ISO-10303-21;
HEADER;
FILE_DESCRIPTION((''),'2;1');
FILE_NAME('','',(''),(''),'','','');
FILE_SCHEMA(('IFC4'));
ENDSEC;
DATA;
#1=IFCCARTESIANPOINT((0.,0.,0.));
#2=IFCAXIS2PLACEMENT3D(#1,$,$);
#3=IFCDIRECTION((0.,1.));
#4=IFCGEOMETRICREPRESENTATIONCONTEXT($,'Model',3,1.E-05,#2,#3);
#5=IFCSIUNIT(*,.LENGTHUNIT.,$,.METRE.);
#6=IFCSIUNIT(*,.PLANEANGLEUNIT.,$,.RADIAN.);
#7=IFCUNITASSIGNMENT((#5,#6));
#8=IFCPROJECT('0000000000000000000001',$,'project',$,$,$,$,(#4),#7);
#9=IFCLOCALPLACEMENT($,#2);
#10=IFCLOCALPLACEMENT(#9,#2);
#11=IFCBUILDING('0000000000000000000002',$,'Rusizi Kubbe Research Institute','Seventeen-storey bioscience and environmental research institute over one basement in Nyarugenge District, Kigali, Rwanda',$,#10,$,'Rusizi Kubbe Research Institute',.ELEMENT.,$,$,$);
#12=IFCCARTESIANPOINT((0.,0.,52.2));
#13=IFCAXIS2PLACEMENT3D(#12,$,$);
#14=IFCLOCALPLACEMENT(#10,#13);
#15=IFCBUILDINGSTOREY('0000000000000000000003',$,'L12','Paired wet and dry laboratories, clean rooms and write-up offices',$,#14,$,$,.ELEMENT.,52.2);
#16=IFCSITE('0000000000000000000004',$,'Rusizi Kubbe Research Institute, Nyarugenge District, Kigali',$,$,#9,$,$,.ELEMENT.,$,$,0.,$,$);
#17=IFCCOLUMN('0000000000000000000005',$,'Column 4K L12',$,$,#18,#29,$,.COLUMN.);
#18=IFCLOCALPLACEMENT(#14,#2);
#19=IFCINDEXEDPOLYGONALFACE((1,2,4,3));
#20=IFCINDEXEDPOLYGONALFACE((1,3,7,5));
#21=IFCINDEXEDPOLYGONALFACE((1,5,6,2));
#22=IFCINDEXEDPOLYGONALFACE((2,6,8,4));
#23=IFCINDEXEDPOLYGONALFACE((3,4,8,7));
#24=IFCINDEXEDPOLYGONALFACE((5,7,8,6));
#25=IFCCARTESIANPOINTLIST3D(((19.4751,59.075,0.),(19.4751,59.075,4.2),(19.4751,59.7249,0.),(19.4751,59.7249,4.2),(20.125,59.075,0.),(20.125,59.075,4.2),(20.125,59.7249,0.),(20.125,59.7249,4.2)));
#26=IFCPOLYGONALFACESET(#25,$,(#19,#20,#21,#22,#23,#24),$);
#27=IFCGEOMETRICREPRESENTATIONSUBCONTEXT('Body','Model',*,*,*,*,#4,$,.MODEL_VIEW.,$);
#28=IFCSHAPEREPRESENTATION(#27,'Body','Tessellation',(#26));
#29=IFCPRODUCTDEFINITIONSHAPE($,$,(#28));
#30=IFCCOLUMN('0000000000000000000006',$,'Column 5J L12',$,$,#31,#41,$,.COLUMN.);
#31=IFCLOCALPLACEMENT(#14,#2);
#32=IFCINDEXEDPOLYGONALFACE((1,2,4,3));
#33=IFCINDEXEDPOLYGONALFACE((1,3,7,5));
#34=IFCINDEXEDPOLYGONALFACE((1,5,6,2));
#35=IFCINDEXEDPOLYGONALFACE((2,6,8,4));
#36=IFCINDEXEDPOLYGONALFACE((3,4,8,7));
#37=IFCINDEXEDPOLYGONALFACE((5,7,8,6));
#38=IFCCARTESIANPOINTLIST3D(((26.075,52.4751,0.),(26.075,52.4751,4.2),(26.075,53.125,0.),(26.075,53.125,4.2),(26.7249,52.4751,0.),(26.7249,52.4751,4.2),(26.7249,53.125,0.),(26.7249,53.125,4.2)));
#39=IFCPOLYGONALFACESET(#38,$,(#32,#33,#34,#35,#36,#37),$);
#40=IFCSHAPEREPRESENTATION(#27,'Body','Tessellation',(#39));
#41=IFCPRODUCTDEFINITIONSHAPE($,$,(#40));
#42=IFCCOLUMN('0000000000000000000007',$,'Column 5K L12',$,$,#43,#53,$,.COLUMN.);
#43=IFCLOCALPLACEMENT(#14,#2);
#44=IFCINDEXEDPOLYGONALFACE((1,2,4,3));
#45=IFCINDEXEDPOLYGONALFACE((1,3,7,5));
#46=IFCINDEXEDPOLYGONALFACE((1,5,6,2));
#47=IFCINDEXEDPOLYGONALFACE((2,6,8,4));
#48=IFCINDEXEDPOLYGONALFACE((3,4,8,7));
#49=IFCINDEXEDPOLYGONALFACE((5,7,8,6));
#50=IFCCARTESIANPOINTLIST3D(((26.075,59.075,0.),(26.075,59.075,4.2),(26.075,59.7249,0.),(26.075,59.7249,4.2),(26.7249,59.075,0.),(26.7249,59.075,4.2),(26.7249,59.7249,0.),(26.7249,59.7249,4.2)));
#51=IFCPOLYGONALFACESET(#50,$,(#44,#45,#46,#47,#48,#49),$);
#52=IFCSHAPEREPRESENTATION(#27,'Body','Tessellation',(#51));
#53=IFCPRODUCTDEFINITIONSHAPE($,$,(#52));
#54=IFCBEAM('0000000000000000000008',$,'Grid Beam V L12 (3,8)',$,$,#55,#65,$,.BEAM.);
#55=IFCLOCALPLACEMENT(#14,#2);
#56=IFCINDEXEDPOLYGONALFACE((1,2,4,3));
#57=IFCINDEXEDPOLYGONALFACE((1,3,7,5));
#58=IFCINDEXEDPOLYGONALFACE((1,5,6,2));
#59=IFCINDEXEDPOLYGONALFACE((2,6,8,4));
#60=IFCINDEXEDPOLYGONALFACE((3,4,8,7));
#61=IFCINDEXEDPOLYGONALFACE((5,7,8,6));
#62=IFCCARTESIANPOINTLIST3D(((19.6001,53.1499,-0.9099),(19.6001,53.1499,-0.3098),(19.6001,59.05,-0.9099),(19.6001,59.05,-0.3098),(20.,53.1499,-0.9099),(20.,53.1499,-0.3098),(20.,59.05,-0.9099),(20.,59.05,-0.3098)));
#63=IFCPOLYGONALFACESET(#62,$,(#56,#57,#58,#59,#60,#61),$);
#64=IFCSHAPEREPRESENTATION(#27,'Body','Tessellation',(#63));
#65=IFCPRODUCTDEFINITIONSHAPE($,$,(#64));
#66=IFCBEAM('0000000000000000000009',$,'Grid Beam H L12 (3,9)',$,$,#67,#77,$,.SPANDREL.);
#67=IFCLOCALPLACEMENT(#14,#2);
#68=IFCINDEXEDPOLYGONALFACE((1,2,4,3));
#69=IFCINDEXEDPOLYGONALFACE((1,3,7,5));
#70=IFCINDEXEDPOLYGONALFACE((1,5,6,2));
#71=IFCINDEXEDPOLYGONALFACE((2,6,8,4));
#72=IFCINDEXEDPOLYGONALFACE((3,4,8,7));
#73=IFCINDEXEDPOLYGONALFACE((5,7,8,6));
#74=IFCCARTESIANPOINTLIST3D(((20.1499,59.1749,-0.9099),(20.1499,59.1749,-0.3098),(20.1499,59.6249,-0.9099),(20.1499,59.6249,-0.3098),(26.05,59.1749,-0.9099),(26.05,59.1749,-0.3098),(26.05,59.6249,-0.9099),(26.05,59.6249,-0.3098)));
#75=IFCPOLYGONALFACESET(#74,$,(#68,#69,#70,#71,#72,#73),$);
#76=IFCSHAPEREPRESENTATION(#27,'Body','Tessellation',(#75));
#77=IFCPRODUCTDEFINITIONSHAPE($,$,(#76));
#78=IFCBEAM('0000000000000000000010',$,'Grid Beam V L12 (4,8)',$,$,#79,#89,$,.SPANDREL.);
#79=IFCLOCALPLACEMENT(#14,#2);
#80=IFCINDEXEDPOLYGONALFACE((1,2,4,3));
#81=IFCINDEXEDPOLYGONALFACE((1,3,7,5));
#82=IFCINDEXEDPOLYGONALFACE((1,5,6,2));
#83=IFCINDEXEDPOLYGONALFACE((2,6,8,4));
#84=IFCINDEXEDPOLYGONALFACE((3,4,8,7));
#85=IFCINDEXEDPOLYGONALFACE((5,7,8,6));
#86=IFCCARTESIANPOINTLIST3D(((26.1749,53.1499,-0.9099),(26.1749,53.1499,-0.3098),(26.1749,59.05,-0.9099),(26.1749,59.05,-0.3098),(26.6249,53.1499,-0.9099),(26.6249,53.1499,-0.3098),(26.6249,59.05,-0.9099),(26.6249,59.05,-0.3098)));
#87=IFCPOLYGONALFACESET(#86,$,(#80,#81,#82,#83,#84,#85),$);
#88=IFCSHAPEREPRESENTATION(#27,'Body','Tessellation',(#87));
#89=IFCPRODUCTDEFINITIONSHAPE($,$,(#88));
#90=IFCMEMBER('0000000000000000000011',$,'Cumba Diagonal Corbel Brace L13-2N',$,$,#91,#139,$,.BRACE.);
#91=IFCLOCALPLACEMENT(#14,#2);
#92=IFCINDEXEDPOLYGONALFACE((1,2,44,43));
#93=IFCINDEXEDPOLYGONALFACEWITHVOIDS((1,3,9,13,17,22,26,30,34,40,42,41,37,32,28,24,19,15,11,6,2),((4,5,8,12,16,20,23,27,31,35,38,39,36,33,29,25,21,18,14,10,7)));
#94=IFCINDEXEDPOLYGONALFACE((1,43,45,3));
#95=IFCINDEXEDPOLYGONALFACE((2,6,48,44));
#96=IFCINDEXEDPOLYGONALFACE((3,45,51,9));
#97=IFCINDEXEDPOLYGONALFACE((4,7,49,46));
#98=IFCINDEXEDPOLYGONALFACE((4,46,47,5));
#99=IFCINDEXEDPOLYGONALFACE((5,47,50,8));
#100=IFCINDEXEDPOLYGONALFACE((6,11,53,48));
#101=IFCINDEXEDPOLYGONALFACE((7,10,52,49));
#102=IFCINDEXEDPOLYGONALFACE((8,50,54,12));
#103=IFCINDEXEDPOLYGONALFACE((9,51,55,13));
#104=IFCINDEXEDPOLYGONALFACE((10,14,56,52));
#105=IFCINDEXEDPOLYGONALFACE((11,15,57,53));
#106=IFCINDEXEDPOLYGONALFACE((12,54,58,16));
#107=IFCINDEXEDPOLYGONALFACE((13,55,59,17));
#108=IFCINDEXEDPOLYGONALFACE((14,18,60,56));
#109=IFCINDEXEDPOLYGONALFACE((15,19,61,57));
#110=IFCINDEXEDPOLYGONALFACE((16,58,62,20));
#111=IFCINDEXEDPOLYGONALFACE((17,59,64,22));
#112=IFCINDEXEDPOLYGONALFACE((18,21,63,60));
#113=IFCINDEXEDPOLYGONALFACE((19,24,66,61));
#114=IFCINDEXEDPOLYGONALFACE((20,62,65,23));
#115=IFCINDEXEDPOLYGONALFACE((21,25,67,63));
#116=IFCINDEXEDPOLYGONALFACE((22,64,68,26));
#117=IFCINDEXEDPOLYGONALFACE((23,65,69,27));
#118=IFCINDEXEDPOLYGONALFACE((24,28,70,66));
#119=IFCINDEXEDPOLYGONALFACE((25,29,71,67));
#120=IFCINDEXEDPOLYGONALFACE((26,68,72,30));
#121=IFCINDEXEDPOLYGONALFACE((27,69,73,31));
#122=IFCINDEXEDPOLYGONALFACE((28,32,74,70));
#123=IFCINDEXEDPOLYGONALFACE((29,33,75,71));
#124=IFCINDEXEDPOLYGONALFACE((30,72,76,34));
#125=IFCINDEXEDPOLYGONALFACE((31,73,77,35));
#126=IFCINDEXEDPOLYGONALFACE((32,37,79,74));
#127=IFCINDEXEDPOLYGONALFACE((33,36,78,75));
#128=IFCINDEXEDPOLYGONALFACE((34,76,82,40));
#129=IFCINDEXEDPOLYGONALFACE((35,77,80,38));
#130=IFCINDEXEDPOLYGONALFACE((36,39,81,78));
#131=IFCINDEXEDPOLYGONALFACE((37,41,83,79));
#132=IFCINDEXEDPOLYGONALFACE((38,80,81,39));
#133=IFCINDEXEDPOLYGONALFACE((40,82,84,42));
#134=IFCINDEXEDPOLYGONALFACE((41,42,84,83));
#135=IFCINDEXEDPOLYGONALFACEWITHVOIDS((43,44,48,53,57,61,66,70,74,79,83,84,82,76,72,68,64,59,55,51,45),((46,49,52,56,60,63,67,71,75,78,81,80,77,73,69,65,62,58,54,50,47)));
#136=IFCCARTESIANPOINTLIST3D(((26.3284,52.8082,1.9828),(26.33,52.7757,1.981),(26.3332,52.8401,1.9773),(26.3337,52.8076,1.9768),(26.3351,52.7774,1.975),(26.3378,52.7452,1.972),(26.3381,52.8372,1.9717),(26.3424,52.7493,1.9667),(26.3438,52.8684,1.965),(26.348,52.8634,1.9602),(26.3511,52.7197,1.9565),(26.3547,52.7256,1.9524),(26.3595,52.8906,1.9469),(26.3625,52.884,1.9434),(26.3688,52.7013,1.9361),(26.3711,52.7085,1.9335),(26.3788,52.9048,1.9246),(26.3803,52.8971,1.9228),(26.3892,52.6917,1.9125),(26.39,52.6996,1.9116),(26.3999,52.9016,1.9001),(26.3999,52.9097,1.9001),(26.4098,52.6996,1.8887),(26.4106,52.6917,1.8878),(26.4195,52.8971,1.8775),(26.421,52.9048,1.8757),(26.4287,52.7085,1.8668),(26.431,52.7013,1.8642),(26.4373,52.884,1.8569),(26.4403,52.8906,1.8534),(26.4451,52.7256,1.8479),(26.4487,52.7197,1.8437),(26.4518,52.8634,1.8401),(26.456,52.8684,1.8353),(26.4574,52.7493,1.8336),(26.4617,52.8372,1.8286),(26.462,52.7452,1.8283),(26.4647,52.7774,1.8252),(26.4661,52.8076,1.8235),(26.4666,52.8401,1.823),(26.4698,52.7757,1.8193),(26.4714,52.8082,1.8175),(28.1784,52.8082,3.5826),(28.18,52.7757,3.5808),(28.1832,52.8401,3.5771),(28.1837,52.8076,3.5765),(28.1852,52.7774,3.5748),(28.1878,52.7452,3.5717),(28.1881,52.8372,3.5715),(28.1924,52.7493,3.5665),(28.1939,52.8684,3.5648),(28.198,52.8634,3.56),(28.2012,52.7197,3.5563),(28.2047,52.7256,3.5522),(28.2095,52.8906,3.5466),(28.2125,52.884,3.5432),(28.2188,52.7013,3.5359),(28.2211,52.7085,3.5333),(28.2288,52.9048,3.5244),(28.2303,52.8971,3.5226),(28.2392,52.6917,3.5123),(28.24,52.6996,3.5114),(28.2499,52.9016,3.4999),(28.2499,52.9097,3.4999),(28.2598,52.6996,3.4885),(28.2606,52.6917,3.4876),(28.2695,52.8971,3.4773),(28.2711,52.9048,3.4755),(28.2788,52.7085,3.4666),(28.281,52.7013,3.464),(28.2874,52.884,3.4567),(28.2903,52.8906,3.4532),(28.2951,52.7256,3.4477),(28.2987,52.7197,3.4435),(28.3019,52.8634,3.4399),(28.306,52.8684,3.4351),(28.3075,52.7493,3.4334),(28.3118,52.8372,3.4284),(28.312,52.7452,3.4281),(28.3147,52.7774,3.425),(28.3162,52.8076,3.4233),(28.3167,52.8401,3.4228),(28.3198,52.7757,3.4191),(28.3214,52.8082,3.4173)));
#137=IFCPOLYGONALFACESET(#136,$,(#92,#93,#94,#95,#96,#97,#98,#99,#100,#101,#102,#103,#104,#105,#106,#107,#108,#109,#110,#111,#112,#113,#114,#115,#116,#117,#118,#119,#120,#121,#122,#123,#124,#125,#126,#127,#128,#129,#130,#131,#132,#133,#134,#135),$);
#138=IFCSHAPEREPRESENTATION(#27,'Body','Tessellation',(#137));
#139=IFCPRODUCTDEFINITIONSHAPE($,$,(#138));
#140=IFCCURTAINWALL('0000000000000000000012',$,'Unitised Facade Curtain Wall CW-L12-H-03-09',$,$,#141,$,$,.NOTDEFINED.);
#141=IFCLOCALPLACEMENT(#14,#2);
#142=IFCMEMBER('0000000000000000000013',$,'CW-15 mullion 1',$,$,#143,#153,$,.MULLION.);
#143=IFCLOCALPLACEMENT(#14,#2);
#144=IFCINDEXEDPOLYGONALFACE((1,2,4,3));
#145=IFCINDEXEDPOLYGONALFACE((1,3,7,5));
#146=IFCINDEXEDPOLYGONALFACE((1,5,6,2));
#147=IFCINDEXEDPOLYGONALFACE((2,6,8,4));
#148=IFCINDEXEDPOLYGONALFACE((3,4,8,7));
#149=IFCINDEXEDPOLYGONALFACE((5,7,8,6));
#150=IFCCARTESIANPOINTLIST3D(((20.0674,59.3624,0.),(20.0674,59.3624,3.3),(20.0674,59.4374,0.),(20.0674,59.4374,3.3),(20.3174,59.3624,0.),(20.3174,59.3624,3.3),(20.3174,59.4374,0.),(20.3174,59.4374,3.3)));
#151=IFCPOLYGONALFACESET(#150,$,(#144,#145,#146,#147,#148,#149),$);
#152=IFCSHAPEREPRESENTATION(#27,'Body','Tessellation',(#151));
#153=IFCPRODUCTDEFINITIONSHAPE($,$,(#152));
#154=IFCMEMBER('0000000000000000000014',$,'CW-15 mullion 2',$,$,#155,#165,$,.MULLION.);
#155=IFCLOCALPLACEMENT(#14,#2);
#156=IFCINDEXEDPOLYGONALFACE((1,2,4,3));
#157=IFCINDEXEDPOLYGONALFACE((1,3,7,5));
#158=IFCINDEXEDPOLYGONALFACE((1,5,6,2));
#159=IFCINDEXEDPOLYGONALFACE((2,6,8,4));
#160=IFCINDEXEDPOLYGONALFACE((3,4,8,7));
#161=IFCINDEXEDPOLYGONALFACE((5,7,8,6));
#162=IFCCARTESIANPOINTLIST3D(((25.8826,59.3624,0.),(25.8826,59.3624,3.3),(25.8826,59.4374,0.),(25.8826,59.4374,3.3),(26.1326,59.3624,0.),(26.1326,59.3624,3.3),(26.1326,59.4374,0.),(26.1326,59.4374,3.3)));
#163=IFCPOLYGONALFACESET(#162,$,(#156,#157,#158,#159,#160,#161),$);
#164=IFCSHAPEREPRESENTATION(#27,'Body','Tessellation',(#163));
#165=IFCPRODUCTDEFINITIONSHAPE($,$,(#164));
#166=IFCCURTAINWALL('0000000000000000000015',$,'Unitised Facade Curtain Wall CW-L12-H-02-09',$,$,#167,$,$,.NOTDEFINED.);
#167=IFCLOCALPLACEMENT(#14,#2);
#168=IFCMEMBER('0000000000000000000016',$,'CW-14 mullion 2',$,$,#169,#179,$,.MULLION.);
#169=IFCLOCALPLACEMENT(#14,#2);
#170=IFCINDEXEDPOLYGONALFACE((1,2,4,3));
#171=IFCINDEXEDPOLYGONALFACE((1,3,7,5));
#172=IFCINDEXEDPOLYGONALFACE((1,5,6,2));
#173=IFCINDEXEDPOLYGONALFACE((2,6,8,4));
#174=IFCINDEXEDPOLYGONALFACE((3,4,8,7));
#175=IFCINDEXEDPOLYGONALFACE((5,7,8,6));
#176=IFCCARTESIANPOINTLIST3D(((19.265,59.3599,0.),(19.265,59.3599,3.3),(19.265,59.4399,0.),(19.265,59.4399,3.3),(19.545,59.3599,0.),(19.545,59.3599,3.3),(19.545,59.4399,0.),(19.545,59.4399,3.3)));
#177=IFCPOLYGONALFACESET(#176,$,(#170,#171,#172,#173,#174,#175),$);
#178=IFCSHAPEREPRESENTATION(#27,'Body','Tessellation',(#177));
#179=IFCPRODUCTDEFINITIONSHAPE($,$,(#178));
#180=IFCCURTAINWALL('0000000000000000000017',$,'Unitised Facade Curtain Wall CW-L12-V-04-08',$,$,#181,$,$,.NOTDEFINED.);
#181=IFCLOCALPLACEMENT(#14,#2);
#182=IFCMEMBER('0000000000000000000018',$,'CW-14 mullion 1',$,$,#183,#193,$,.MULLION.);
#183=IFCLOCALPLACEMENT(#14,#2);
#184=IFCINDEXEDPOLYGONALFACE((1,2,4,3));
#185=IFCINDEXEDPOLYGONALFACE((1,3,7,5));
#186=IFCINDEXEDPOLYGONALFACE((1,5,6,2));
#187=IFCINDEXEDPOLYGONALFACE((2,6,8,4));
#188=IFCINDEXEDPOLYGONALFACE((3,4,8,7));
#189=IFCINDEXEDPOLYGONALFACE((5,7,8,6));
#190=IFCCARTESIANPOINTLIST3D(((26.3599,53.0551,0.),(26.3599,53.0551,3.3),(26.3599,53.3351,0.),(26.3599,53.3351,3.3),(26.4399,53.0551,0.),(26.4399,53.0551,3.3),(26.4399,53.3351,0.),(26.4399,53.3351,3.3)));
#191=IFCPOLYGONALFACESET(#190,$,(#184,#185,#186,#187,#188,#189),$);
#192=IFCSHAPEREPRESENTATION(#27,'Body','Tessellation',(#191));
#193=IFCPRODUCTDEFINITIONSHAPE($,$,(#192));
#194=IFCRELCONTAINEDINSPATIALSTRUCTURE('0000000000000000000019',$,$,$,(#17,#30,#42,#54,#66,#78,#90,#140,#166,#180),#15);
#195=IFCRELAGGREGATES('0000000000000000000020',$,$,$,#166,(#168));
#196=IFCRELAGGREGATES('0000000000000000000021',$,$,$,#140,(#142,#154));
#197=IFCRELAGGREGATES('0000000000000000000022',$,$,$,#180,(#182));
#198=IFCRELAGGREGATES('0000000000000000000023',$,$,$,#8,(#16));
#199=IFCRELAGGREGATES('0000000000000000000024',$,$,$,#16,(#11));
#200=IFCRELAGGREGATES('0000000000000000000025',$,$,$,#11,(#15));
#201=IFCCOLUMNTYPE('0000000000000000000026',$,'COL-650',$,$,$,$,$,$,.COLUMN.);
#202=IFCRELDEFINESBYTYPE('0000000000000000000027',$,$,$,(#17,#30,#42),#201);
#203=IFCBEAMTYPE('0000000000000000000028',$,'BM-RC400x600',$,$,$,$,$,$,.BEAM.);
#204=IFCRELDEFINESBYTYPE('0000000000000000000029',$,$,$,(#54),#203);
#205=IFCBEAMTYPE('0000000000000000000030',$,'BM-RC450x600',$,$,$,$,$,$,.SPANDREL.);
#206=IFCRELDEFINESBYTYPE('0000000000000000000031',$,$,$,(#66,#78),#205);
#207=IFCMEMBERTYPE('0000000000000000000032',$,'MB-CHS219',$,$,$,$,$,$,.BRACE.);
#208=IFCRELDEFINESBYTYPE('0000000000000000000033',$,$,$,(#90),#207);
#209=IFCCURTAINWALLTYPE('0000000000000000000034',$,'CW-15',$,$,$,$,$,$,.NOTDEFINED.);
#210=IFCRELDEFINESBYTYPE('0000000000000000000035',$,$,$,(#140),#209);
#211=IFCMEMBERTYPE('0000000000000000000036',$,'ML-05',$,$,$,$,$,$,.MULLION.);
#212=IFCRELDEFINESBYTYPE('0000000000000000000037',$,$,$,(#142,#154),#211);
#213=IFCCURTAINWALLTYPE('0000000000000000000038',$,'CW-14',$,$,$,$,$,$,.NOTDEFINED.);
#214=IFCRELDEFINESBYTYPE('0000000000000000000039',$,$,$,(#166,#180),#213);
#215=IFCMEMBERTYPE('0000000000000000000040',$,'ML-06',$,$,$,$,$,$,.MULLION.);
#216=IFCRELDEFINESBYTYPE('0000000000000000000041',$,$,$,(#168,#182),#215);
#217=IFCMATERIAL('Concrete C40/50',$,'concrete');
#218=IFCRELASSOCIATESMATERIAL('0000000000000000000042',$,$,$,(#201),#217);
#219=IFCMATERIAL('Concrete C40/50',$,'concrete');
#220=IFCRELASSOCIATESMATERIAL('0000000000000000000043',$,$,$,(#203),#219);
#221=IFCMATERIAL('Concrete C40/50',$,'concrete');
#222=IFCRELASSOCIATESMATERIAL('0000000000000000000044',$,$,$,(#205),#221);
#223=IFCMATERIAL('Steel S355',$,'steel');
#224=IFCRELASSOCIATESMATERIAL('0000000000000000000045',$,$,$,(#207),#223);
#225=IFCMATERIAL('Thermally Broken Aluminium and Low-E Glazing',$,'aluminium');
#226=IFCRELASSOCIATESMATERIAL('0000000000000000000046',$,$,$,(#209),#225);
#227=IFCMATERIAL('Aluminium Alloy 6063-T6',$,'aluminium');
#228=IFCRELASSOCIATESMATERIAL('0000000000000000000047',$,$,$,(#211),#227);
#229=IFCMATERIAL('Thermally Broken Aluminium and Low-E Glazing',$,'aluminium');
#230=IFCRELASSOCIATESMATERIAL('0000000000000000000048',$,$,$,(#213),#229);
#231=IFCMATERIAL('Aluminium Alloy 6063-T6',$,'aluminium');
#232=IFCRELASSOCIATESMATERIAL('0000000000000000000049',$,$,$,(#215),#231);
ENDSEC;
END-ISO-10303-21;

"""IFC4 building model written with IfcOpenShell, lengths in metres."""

from ifc_helpers import new_model, si_unit, direction, frame, origin, origin_2d, place, context, subcontext, project, spatial, rectangle, hollow_circle, extrude, material, material_profile, profile_set, type_object, element, aggregate, save


model = new_model("IFC4")

# Units and contexts
model_context = context("Model", 3, precision=1e-05, world=origin(), true_north=direction((0.0, 1.0)))
body_context = subcontext(model_context, "Body", "Model", "MODEL_VIEW")
ifc_project = project(units=[si_unit("LENGTHUNIT", "METRE"), si_unit("PLANEANGLEUNIT", "RADIAN")], contexts=[model_context])

# Site, building, storey
site_placement = place(None, origin())
site = spatial("IfcSite", under=ifc_project, at=site_placement, Name="Rusizi Kubbe Research Institute, Nyarugenge District, Kigali", CompositionType="ELEMENT", RefElevation=0.0)
building_placement = place(site_placement, origin())
building = spatial("IfcBuilding", under=site, at=building_placement, Name="Rusizi Kubbe Research Institute", Description="Seventeen-storey bioscience and environmental research institute over one basement in Nyarugenge District, Kigali, Rwanda", LongName="Rusizi Kubbe Research Institute", CompositionType="ELEMENT")
storey_placement = place(building_placement, frame((0.0, 0.0, 52.2)))
storey = spatial("IfcBuildingStorey", under=building, at=storey_placement, Name="L12", Description="Paired wet and dry laboratories, clean rooms and write-up offices", CompositionType="ELEMENT", Elevation=52.2)

# Columns
ifc_material_1 = material(Name="Concrete C40/50", Category="concrete")
ifc_material_profile_1 = material_profile(ifc_material_1, rectangle(XDim=0.6499, YDim=0.6499, at=origin_2d()), Name="RC650x650")
ifc_profile_set_1 = profile_set([ifc_material_profile_1], Name="Concrete C40/50")
column_type = type_object("IfcColumnType", Name="COL-650", PredefinedType="COLUMN", material=ifc_profile_set_1)
for number, where, z_axis, x_axis, name in (
    (1, (19.8, 59.3999, 0.0), (0.0, 0.0, 1.0), (1.0, 0.0, 0.0), "Column 4K L12"),
    (2, (26.3999, 52.8, 0.0), (0.0, 0.0, 1.0), (1.0, 0.0, 0.0), "Column 5J L12"),
    (3, (26.3999, 59.3999, 0.0), (0.0, 0.0, 1.0), (1.0, 0.0, 0.0), "Column 5K L12"),
):
    element("IfcColumn", number, at=place(storey_placement, frame(where, z_axis=z_axis, x_axis=x_axis)), inside=storey, type_object=column_type, Name=name, PredefinedType="COLUMN", context=body_context, shape_type="SweptSolid", body=[
        extrude(rectangle(XDim=0.6499, YDim=0.6499, at=origin_2d()), origin(), (0.0, 0.0, 1.0), 4.2),
    ])

# Beams
ifc_material_2 = material(Name="Concrete C40/50", Category="concrete")
ifc_material_profile_2 = material_profile(ifc_material_2, rectangle(XDim=0.3999, YDim=0.6001, at=origin_2d()), Name="RC400x600")
ifc_profile_set_2 = profile_set([ifc_material_profile_2], Name="Concrete C40/50")
beam_type_1 = type_object("IfcBeamType", Name="BM-RC400x600", PredefinedType="BEAM", material=ifc_profile_set_2)
beam_placement = place(storey_placement, frame((19.8, 53.1499, -0.6099), z_axis=(0.0, 1.0, 0.0), x_axis=(-1.0, 0.0, 0.0)))
element("IfcBeam", 4, at=beam_placement, inside=storey, type_object=beam_type_1, Name="Grid Beam V L12 (3,8)", PredefinedType="BEAM", context=body_context, shape_type="SweptSolid", body=[
    extrude(rectangle(XDim=0.3999, YDim=0.6001, at=origin_2d()), origin(), (0.0, 0.0, 1.0), 5.9001),
])
ifc_material_3 = material(Name="Concrete C40/50", Category="concrete")
ifc_material_profile_3 = material_profile(ifc_material_3, rectangle(XDim=0.45, YDim=0.6001, at=origin_2d()), Name="RC450x600")
ifc_profile_set_3 = profile_set([ifc_material_profile_3], Name="Concrete C40/50")
beam_type_2 = type_object("IfcBeamType", Name="BM-RC450x600", PredefinedType="SPANDREL", material=ifc_profile_set_3)
for number, where, z_axis, x_axis, name in (
    (5, (20.1499, 59.3999, -0.6099), (1.0, 0.0, 0.0), (0.0, 1.0, 0.0), "Grid Beam H L12 (3,9)"),
    (6, (26.3999, 53.1499, -0.6099), (0.0, 1.0, 0.0), (-1.0, 0.0, 0.0), "Grid Beam V L12 (4,8)"),
):
    element("IfcBeam", number, at=place(storey_placement, frame(where, z_axis=z_axis, x_axis=x_axis)), inside=storey, type_object=beam_type_2, Name=name, PredefinedType="SPANDREL", context=body_context, shape_type="SweptSolid", body=[
        extrude(rectangle(XDim=0.45, YDim=0.6001, at=origin_2d()), origin(), (0.0, 0.0, 1.0), 5.9001),
    ])

# Member
ifc_material_4 = material(Name="Steel S355", Category="steel")
ifc_material_profile_4 = material_profile(ifc_material_4, hollow_circle(Radius=0.1096, WallThickness=0.0081, at=origin_2d()), Name="CHS 219.1x8.0")
ifc_profile_set_4 = profile_set([ifc_material_profile_4], Name="Steel S355")
member_type_1 = type_object("IfcMemberType", Name="MB-CHS219", PredefinedType="BRACE", material=ifc_profile_set_4)
member_1_placement = place(storey_placement, frame((26.3999, 52.8, 1.9001), z_axis=(0.75641, 0.0, 0.654098), x_axis=(0.0, 1.0, 0.0)))
element("IfcMember", 7, at=member_1_placement, inside=storey, type_object=member_type_1, Name="Cumba Diagonal Corbel Brace L13-2N", PredefinedType="BRACE", context=body_context, shape_type="SweptSolid", body=[
    extrude(hollow_circle(Radius=0.1096, WallThickness=0.0081, at=origin_2d()), origin(), (0.0, 0.0, 1.0), 2.4458),
])

# Curtain wall, members
ifc_material_5 = material(Name="Thermally Broken Aluminium and Low-E Glazing", Category="aluminium")
curtain_wall_type_1 = type_object("IfcCurtainWallType", Name="CW-15", PredefinedType="NOTDEFINED", material=ifc_material_5)
curtain_wall_1_placement = place(storey_placement, origin())
curtain_wall_1 = element("IfcCurtainWall", 8, at=curtain_wall_1_placement, inside=storey, type_object=curtain_wall_type_1, Name="Unitised Facade Curtain Wall CW-L12-H-03-09", PredefinedType="NOTDEFINED")
ifc_material_6 = material(Name="Aluminium Alloy 6063-T6", Category="aluminium")
ifc_material_profile_5 = material_profile(ifc_material_6, rectangle(XDim=0.075, YDim=0.25, at=origin_2d()), Name="ALU-M 75x250")
ifc_profile_set_5 = profile_set([ifc_material_profile_5], Name="Aluminium Alloy 6063-T6")
member_type_2 = type_object("IfcMemberType", Name="ML-05", PredefinedType="MULLION", material=ifc_profile_set_5)
member_2_placement = place(storey_placement, frame((20.1924, 59.3999, 0.0), z_axis=(0.0, 0.0, 1.0), x_axis=(0.0, 1.0, 0.0)))
member_2 = element("IfcMember", 9, at=member_2_placement, type_object=member_type_2, Name="CW-15 mullion 1", PredefinedType="MULLION", context=body_context, shape_type="SweptSolid", body=[
    extrude(rectangle(XDim=0.075, YDim=0.25, at=origin_2d()), origin(), (0.0, 0.0, 1.0), 3.3),
])
member_3_placement = place(storey_placement, frame((26.0076, 59.3999, 0.0), z_axis=(0.0, 0.0, 1.0), x_axis=(0.0, 1.0, 0.0)))
member_3 = element("IfcMember", 10, at=member_3_placement, type_object=member_type_2, Name="CW-15 mullion 2", PredefinedType="MULLION", context=body_context, shape_type="SweptSolid", body=[
    extrude(rectangle(XDim=0.075, YDim=0.25, at=origin_2d()), origin(), (0.0, 0.0, 1.0), 3.3),
])

# Curtain wall, member
ifc_material_7 = material(Name="Thermally Broken Aluminium and Low-E Glazing", Category="aluminium")
curtain_wall_type_2 = type_object("IfcCurtainWallType", Name="CW-14", PredefinedType="NOTDEFINED", material=ifc_material_7)
curtain_wall_2_placement = place(storey_placement, origin())
curtain_wall_2 = element("IfcCurtainWall", 11, at=curtain_wall_2_placement, inside=storey, type_object=curtain_wall_type_2, Name="Unitised Facade Curtain Wall CW-L12-H-02-09", PredefinedType="NOTDEFINED")
ifc_material_8 = material(Name="Aluminium Alloy 6063-T6", Category="aluminium")
ifc_material_profile_6 = material_profile(ifc_material_8, rectangle(XDim=0.0801, YDim=0.28, at=origin_2d()), Name="ALU-M 80x280")
ifc_profile_set_6 = profile_set([ifc_material_profile_6], Name="Aluminium Alloy 6063-T6")
member_type_3 = type_object("IfcMemberType", Name="ML-06", PredefinedType="MULLION", material=ifc_profile_set_6)
member_4_placement = place(storey_placement, frame((19.405, 59.3999, 0.0), z_axis=(0.0, 0.0, 1.0), x_axis=(0.0, 1.0, 0.0)))
member_4 = element("IfcMember", 12, at=member_4_placement, type_object=member_type_3, Name="CW-14 mullion 2", PredefinedType="MULLION", context=body_context, shape_type="SweptSolid", body=[
    extrude(rectangle(XDim=0.0801, YDim=0.28, at=origin_2d()), origin(), (0.0, 0.0, 1.0), 3.3),
])

# Curtain wall, member
curtain_wall_3_placement = place(storey_placement, origin())
curtain_wall_3 = element("IfcCurtainWall", 13, at=curtain_wall_3_placement, inside=storey, type_object=curtain_wall_type_2, Name="Unitised Facade Curtain Wall CW-L12-V-04-08", PredefinedType="NOTDEFINED")
member_5_placement = place(storey_placement, frame((26.3999, 53.1951, 0.0), z_axis=(0.0, 0.0, 1.0), x_axis=(-1.0, 0.0, 0.0)))
member_5 = element("IfcMember", 14, at=member_5_placement, type_object=member_type_3, Name="CW-14 mullion 1", PredefinedType="MULLION", context=body_context, shape_type="SweptSolid", body=[
    extrude(rectangle(XDim=0.0801, YDim=0.28, at=origin_2d()), origin(), (0.0, 0.0, 1.0), 3.3),
])

aggregate(curtain_wall_2, [member_4])
aggregate(curtain_wall_1, [member_2, member_3])
aggregate(curtain_wall_3, [member_5])

save(model, "model.ifc")
